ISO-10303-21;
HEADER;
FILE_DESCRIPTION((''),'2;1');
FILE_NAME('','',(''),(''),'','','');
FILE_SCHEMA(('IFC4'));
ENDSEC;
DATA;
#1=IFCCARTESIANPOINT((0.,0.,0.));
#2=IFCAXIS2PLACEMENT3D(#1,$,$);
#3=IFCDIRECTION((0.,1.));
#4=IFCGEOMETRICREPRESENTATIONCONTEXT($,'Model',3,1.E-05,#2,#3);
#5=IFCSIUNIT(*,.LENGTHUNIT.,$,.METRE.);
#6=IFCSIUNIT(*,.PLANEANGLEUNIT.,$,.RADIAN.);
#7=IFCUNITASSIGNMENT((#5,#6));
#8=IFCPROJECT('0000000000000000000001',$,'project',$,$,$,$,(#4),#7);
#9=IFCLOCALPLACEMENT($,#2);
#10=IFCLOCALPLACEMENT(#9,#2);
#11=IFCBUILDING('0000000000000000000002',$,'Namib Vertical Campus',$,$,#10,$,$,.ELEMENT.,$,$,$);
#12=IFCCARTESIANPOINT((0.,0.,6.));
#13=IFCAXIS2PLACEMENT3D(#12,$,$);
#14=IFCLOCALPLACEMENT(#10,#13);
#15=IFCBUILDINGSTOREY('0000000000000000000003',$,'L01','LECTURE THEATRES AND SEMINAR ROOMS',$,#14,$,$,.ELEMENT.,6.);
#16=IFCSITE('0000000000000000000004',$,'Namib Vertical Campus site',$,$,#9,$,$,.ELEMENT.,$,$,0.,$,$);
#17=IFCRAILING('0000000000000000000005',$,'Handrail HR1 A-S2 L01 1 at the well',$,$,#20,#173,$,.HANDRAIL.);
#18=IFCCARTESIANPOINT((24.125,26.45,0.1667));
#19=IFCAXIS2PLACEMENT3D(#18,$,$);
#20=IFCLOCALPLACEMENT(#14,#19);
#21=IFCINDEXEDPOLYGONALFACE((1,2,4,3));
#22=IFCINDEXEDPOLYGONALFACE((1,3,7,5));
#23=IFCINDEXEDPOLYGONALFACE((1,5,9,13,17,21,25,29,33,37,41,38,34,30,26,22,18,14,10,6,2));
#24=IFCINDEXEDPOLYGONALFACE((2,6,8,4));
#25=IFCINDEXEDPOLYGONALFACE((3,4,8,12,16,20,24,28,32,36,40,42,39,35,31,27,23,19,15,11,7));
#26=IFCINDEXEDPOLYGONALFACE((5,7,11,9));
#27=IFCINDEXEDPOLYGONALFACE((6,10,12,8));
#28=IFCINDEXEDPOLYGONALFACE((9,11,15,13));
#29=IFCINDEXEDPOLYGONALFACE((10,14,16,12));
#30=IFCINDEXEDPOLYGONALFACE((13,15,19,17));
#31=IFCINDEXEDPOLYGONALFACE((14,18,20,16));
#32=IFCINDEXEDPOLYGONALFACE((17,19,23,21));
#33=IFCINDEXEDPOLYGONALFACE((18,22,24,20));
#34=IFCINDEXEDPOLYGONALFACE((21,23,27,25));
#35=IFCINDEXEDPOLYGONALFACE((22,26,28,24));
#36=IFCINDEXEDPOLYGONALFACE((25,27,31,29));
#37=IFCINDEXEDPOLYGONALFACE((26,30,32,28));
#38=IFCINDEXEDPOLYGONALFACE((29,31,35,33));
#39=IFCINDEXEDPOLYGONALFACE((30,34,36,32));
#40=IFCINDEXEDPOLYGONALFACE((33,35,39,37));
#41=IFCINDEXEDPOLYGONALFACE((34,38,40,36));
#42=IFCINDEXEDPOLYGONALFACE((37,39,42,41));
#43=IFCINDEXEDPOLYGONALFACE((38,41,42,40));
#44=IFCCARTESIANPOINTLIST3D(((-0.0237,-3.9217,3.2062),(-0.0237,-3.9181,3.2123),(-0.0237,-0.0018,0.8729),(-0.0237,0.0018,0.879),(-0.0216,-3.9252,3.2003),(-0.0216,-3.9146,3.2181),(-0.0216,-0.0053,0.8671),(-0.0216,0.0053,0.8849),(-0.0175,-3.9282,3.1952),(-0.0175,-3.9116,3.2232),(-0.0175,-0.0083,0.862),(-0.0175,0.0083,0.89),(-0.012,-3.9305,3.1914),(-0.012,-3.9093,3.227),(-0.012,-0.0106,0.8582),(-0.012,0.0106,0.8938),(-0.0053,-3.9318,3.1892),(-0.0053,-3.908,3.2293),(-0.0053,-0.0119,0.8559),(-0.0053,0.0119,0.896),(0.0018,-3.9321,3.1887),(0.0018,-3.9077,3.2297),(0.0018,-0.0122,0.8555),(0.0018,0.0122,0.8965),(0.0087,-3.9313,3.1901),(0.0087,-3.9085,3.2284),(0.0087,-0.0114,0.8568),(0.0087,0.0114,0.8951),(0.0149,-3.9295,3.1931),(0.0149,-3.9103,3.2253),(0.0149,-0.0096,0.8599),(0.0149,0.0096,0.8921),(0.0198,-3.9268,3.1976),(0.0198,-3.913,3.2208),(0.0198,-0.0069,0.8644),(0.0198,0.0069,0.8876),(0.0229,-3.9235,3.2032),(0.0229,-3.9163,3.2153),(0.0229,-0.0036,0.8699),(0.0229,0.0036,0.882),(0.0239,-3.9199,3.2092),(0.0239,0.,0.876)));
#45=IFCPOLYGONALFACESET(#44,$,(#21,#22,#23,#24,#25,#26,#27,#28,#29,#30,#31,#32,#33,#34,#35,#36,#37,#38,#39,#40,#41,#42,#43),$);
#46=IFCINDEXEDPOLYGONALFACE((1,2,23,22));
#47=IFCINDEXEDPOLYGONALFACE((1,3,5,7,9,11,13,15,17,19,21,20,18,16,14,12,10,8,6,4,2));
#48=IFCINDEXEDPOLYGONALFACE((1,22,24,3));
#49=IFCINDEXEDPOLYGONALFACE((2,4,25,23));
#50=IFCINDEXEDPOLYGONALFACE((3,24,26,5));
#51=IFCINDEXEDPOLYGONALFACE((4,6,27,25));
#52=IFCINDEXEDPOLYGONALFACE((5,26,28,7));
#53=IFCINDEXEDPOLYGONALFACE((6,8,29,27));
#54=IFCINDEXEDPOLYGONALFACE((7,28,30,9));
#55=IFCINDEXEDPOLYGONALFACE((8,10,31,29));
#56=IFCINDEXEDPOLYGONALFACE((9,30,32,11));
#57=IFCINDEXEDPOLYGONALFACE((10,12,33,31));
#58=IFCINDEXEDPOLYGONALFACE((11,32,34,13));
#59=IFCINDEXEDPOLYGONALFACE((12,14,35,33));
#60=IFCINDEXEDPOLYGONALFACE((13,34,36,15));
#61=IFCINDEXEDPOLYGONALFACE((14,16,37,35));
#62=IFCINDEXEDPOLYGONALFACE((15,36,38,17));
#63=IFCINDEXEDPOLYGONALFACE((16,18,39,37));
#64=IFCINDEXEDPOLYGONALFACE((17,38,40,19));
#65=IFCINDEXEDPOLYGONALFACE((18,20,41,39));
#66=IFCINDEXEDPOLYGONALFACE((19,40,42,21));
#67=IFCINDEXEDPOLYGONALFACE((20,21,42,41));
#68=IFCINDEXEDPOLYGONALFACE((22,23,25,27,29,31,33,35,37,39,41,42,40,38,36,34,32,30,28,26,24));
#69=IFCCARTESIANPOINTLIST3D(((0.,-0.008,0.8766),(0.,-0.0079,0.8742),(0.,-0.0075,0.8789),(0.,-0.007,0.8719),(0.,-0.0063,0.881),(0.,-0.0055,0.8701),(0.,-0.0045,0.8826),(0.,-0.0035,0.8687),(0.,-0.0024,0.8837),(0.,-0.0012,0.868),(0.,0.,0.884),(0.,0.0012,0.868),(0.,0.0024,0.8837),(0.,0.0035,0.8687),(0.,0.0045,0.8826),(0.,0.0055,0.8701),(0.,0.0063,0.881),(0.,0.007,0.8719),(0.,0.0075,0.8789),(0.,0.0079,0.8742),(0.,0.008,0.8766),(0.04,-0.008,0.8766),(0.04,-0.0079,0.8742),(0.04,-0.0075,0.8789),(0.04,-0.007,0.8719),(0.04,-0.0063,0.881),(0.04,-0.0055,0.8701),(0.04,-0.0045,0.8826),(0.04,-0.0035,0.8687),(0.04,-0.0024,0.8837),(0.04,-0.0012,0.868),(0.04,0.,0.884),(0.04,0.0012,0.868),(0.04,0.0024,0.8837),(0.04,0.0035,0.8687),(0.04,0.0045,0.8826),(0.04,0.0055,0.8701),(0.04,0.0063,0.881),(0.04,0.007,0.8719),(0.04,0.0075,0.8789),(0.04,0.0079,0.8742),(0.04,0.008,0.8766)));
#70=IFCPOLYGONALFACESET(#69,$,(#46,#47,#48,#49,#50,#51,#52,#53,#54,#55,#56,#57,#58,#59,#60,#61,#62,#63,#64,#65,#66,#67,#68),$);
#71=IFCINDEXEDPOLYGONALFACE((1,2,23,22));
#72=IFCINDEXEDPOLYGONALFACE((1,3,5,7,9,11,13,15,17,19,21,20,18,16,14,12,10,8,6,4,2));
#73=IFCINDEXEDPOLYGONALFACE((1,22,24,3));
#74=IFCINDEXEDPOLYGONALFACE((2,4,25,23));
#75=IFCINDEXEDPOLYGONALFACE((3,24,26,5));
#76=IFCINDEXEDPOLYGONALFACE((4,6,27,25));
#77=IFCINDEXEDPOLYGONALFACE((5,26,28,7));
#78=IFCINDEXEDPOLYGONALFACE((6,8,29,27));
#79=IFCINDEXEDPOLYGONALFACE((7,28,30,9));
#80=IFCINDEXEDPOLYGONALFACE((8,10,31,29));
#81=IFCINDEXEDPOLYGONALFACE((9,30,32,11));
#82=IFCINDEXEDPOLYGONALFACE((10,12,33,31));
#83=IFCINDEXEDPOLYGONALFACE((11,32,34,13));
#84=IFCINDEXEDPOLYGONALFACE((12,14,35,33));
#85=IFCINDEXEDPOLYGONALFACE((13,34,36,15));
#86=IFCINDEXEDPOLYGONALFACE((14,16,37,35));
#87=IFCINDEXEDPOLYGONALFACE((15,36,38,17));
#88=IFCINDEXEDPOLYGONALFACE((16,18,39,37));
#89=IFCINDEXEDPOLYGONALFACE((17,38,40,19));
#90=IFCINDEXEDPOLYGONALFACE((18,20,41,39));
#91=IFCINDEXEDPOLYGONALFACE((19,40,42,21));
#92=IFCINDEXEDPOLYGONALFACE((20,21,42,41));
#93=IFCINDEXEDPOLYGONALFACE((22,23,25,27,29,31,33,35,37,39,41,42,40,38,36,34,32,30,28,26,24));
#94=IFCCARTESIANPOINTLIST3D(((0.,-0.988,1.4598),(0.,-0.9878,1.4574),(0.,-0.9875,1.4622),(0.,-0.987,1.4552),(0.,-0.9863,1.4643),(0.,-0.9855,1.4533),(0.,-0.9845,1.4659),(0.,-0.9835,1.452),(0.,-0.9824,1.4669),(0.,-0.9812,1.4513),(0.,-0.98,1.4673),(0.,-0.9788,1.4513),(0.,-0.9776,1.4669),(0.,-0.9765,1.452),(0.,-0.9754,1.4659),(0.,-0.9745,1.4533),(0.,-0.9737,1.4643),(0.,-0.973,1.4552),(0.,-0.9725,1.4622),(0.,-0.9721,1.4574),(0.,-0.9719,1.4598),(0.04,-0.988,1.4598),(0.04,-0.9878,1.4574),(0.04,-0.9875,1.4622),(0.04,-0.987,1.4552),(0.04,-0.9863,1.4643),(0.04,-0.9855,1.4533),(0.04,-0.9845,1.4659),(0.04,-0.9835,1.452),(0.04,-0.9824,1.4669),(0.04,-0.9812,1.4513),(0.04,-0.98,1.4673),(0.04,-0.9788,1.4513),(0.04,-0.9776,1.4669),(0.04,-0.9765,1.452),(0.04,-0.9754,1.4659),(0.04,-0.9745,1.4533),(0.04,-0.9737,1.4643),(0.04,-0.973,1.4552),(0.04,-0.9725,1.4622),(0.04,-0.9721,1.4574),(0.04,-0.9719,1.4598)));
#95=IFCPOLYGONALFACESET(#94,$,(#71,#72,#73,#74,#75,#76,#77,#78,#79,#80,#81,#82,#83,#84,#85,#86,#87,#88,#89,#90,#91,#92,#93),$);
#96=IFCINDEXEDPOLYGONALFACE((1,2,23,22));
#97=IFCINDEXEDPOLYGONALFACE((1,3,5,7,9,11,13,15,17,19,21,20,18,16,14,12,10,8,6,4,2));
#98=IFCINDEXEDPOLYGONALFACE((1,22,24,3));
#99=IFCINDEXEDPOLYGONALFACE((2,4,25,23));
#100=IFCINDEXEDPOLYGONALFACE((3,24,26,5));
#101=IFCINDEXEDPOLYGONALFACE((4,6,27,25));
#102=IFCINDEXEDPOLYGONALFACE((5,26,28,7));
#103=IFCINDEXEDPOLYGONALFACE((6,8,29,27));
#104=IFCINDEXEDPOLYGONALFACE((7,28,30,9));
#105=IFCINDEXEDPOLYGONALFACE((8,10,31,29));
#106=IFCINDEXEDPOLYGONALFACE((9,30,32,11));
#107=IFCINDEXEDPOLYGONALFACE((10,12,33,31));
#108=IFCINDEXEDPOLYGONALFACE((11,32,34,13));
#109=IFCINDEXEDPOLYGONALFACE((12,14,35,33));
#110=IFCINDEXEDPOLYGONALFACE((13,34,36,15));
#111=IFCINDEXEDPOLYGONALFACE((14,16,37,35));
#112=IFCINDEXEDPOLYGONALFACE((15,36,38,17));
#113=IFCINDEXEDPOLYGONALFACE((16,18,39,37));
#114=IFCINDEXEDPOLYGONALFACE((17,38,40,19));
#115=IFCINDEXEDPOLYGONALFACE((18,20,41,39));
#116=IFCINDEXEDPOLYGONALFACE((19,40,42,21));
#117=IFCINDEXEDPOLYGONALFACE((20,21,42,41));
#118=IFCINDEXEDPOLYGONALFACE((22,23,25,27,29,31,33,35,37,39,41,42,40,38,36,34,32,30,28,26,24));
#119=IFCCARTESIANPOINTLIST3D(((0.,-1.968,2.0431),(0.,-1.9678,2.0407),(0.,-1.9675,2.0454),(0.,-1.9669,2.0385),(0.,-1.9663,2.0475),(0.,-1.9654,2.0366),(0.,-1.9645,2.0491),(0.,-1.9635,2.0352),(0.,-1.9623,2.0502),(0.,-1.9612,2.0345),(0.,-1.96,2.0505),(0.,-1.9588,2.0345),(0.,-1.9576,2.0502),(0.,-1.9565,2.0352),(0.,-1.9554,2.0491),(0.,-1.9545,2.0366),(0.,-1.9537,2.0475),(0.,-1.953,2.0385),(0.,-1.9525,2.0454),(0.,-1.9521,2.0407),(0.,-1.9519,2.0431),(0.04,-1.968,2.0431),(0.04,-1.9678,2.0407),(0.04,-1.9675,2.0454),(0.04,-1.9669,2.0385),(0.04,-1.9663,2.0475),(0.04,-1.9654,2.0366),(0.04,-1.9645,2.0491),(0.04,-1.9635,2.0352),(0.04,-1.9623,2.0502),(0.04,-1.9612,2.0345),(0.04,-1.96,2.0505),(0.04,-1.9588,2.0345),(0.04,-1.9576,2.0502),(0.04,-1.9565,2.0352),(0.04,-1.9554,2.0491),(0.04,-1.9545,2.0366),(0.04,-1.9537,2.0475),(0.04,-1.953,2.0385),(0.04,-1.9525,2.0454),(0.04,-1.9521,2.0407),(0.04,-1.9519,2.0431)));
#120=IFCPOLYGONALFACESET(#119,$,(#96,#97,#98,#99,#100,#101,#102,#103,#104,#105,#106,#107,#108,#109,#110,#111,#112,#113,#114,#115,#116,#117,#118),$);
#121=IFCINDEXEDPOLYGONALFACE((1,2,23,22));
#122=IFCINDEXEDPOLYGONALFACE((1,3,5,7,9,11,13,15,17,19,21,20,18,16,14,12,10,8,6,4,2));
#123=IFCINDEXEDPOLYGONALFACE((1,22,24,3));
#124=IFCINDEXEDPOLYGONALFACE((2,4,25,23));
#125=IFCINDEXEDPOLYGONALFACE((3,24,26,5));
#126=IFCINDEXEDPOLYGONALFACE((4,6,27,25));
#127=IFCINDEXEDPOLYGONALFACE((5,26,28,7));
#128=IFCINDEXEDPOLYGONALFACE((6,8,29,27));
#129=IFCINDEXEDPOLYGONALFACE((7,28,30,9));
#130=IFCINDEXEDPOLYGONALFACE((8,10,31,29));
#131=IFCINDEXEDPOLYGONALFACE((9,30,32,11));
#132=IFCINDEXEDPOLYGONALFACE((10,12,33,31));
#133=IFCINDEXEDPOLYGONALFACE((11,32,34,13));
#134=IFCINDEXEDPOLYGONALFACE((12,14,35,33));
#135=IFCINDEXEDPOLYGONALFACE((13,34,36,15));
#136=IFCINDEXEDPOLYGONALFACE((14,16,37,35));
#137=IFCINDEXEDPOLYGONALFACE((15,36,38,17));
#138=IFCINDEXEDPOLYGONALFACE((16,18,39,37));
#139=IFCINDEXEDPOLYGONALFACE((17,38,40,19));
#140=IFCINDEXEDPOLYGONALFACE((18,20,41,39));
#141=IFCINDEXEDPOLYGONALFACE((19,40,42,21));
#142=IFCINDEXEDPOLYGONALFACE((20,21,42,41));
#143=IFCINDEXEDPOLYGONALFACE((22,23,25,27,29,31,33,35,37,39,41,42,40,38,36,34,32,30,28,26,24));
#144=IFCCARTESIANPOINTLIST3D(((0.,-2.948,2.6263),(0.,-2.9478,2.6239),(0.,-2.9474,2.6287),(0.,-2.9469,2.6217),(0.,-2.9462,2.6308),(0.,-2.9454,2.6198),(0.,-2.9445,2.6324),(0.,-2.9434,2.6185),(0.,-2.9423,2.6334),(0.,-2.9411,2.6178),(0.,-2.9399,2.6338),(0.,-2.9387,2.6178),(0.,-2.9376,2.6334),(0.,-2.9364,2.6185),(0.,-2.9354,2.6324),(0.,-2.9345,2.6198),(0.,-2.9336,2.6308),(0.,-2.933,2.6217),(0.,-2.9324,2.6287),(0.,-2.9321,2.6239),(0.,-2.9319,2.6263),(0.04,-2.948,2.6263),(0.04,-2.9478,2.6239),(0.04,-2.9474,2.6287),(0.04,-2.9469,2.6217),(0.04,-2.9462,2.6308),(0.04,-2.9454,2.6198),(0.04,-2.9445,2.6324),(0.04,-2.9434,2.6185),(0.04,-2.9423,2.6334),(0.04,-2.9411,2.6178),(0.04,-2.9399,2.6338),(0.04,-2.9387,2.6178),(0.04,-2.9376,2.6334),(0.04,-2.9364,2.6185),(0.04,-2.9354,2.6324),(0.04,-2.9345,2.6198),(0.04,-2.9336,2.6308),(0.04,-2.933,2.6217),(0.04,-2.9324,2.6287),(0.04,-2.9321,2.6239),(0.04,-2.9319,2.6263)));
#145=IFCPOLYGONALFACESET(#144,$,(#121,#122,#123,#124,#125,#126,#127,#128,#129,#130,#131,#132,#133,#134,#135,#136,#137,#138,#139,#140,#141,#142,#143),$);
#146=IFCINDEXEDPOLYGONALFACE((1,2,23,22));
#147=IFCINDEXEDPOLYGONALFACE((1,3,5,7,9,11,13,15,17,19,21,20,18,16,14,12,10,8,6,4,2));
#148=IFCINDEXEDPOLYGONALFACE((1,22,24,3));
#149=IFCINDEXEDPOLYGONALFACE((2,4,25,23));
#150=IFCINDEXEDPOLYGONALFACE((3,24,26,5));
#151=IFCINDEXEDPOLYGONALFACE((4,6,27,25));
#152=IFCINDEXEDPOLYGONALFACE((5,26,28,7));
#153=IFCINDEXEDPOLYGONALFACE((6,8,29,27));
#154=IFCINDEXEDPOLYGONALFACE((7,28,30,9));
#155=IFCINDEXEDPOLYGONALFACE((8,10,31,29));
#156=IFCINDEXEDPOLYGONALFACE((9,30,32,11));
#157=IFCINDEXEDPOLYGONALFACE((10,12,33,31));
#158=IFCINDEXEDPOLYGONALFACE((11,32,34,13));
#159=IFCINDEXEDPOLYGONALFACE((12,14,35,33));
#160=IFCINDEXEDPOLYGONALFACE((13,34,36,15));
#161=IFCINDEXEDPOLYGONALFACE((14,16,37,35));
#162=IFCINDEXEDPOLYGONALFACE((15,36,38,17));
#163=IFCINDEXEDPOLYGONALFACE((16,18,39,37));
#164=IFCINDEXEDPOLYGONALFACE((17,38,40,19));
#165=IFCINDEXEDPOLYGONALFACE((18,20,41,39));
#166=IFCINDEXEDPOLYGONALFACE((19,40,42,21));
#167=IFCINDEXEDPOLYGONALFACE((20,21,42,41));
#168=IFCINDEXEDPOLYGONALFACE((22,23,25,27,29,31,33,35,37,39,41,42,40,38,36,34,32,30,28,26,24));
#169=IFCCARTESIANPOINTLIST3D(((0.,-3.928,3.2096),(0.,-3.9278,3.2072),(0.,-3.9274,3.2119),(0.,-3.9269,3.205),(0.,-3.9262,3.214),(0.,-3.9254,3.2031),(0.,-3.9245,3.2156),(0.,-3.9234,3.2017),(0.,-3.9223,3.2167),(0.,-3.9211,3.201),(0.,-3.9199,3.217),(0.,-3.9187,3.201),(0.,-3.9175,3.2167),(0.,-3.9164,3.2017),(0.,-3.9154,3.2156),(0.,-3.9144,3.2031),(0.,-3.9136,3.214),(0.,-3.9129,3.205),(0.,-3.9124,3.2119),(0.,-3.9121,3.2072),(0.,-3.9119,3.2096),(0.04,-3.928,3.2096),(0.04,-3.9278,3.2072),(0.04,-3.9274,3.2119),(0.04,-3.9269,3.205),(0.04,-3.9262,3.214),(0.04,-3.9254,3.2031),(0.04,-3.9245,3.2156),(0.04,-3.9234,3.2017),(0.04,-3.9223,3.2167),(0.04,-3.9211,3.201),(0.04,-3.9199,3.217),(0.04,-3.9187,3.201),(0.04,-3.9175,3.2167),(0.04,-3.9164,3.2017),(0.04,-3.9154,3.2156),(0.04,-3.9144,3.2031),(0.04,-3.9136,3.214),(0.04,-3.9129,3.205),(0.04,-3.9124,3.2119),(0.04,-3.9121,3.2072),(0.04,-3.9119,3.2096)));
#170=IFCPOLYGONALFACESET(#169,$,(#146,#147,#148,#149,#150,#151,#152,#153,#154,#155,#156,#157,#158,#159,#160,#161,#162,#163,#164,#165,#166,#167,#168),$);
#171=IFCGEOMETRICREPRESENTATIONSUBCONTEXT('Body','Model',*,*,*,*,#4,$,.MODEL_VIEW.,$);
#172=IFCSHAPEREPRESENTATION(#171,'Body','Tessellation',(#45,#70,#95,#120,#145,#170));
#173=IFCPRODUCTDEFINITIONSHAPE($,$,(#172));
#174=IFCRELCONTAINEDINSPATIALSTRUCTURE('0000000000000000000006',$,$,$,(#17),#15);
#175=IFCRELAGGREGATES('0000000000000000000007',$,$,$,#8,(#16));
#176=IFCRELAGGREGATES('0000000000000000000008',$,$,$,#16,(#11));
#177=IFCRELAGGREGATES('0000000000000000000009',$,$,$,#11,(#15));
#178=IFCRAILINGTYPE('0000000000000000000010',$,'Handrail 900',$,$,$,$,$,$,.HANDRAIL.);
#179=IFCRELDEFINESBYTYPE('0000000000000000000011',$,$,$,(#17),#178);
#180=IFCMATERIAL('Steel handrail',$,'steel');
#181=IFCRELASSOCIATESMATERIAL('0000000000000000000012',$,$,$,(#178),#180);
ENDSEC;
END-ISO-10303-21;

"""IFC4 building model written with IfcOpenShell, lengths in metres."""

from ifc_helpers import new_model, si_unit, direction, frame, origin, origin_2d, place, context, subcontext, project, spatial, circle, extrude, material, type_object, element, save


model = new_model("IFC4")

# Units and contexts
model_context = context("Model", 3, precision=1e-05, world=origin(), true_north=direction((0.0, 1.0)))
body_context = subcontext(model_context, "Body", "Model", "MODEL_VIEW")
ifc_project = project(units=[si_unit("LENGTHUNIT", "METRE"), si_unit("PLANEANGLEUNIT", "RADIAN")], contexts=[model_context])

# Site, building, storey
site_placement = place(None, origin())
site = spatial("IfcSite", under=ifc_project, at=site_placement, Name="Namib Vertical Campus site", CompositionType="ELEMENT", RefElevation=0.0)
building_placement = place(site_placement, origin())
building = spatial("IfcBuilding", under=site, at=building_placement, Name="Namib Vertical Campus", CompositionType="ELEMENT")
storey_placement = place(building_placement, frame((0.0, 0.0, 6.0)))
storey = spatial("IfcBuildingStorey", under=building, at=storey_placement, Name="L01", Description="LECTURE THEATRES AND SEMINAR ROOMS", CompositionType="ELEMENT", Elevation=6.0)

# Railing
ifc_material_1 = material(Name="Steel handrail", Category="steel")
railing_type_1 = type_object("IfcRailingType", Name="Handrail 900", PredefinedType="HANDRAIL", material=ifc_material_1)
railing_1_placement = place(storey_placement, frame((24.125, 26.45, 0.1667)))
element("IfcRailing", 1, at=railing_1_placement, inside=storey, type_object=railing_type_1, Name="Handrail HR1 A-S2 L01 1 at the well", PredefinedType="HANDRAIL", context=body_context, shape_type="SweptSolid", body=[
    extrude(circle(Radius=0.0239, at=origin_2d()), frame((0.0, 0.0, 0.876), z_axis=(0.0, -0.859296, 0.511478), x_axis=(1.0, 0.0, 0.0)), (0.0, 0.0, 1.0), 4.5618),
    extrude(circle(Radius=0.0081, at=origin_2d()), frame((0.0, 0.0, 0.876), z_axis=(1.0, 0.0, 0.0), x_axis=(0.0, 0.0, 1.0)), (0.0, 0.0, 1.0), 0.04),
    extrude(circle(Radius=0.0081, at=origin_2d()), frame((0.0, -0.98, 1.4592), z_axis=(1.0, 0.0, 0.0), x_axis=(0.0, 0.0, 1.0)), (0.0, 0.0, 1.0), 0.04),
    extrude(circle(Radius=0.0081, at=origin_2d()), frame((0.0, -1.96, 2.0425), z_axis=(1.0, 0.0, 0.0), x_axis=(0.0, 0.0, 1.0)), (0.0, 0.0, 1.0), 0.04),
    extrude(circle(Radius=0.0081, at=origin_2d()), frame((0.0, -2.9399, 2.6257), z_axis=(1.0, 0.0, 0.0), x_axis=(0.0, 0.0, 1.0)), (0.0, 0.0, 1.0), 0.04),
    extrude(circle(Radius=0.0081, at=origin_2d()), frame((0.0, -3.9199, 3.209), z_axis=(1.0, 0.0, 0.0), x_axis=(0.0, 0.0, 1.0)), (0.0, 0.0, 1.0), 0.04),
])

save(model, "model.ifc")
